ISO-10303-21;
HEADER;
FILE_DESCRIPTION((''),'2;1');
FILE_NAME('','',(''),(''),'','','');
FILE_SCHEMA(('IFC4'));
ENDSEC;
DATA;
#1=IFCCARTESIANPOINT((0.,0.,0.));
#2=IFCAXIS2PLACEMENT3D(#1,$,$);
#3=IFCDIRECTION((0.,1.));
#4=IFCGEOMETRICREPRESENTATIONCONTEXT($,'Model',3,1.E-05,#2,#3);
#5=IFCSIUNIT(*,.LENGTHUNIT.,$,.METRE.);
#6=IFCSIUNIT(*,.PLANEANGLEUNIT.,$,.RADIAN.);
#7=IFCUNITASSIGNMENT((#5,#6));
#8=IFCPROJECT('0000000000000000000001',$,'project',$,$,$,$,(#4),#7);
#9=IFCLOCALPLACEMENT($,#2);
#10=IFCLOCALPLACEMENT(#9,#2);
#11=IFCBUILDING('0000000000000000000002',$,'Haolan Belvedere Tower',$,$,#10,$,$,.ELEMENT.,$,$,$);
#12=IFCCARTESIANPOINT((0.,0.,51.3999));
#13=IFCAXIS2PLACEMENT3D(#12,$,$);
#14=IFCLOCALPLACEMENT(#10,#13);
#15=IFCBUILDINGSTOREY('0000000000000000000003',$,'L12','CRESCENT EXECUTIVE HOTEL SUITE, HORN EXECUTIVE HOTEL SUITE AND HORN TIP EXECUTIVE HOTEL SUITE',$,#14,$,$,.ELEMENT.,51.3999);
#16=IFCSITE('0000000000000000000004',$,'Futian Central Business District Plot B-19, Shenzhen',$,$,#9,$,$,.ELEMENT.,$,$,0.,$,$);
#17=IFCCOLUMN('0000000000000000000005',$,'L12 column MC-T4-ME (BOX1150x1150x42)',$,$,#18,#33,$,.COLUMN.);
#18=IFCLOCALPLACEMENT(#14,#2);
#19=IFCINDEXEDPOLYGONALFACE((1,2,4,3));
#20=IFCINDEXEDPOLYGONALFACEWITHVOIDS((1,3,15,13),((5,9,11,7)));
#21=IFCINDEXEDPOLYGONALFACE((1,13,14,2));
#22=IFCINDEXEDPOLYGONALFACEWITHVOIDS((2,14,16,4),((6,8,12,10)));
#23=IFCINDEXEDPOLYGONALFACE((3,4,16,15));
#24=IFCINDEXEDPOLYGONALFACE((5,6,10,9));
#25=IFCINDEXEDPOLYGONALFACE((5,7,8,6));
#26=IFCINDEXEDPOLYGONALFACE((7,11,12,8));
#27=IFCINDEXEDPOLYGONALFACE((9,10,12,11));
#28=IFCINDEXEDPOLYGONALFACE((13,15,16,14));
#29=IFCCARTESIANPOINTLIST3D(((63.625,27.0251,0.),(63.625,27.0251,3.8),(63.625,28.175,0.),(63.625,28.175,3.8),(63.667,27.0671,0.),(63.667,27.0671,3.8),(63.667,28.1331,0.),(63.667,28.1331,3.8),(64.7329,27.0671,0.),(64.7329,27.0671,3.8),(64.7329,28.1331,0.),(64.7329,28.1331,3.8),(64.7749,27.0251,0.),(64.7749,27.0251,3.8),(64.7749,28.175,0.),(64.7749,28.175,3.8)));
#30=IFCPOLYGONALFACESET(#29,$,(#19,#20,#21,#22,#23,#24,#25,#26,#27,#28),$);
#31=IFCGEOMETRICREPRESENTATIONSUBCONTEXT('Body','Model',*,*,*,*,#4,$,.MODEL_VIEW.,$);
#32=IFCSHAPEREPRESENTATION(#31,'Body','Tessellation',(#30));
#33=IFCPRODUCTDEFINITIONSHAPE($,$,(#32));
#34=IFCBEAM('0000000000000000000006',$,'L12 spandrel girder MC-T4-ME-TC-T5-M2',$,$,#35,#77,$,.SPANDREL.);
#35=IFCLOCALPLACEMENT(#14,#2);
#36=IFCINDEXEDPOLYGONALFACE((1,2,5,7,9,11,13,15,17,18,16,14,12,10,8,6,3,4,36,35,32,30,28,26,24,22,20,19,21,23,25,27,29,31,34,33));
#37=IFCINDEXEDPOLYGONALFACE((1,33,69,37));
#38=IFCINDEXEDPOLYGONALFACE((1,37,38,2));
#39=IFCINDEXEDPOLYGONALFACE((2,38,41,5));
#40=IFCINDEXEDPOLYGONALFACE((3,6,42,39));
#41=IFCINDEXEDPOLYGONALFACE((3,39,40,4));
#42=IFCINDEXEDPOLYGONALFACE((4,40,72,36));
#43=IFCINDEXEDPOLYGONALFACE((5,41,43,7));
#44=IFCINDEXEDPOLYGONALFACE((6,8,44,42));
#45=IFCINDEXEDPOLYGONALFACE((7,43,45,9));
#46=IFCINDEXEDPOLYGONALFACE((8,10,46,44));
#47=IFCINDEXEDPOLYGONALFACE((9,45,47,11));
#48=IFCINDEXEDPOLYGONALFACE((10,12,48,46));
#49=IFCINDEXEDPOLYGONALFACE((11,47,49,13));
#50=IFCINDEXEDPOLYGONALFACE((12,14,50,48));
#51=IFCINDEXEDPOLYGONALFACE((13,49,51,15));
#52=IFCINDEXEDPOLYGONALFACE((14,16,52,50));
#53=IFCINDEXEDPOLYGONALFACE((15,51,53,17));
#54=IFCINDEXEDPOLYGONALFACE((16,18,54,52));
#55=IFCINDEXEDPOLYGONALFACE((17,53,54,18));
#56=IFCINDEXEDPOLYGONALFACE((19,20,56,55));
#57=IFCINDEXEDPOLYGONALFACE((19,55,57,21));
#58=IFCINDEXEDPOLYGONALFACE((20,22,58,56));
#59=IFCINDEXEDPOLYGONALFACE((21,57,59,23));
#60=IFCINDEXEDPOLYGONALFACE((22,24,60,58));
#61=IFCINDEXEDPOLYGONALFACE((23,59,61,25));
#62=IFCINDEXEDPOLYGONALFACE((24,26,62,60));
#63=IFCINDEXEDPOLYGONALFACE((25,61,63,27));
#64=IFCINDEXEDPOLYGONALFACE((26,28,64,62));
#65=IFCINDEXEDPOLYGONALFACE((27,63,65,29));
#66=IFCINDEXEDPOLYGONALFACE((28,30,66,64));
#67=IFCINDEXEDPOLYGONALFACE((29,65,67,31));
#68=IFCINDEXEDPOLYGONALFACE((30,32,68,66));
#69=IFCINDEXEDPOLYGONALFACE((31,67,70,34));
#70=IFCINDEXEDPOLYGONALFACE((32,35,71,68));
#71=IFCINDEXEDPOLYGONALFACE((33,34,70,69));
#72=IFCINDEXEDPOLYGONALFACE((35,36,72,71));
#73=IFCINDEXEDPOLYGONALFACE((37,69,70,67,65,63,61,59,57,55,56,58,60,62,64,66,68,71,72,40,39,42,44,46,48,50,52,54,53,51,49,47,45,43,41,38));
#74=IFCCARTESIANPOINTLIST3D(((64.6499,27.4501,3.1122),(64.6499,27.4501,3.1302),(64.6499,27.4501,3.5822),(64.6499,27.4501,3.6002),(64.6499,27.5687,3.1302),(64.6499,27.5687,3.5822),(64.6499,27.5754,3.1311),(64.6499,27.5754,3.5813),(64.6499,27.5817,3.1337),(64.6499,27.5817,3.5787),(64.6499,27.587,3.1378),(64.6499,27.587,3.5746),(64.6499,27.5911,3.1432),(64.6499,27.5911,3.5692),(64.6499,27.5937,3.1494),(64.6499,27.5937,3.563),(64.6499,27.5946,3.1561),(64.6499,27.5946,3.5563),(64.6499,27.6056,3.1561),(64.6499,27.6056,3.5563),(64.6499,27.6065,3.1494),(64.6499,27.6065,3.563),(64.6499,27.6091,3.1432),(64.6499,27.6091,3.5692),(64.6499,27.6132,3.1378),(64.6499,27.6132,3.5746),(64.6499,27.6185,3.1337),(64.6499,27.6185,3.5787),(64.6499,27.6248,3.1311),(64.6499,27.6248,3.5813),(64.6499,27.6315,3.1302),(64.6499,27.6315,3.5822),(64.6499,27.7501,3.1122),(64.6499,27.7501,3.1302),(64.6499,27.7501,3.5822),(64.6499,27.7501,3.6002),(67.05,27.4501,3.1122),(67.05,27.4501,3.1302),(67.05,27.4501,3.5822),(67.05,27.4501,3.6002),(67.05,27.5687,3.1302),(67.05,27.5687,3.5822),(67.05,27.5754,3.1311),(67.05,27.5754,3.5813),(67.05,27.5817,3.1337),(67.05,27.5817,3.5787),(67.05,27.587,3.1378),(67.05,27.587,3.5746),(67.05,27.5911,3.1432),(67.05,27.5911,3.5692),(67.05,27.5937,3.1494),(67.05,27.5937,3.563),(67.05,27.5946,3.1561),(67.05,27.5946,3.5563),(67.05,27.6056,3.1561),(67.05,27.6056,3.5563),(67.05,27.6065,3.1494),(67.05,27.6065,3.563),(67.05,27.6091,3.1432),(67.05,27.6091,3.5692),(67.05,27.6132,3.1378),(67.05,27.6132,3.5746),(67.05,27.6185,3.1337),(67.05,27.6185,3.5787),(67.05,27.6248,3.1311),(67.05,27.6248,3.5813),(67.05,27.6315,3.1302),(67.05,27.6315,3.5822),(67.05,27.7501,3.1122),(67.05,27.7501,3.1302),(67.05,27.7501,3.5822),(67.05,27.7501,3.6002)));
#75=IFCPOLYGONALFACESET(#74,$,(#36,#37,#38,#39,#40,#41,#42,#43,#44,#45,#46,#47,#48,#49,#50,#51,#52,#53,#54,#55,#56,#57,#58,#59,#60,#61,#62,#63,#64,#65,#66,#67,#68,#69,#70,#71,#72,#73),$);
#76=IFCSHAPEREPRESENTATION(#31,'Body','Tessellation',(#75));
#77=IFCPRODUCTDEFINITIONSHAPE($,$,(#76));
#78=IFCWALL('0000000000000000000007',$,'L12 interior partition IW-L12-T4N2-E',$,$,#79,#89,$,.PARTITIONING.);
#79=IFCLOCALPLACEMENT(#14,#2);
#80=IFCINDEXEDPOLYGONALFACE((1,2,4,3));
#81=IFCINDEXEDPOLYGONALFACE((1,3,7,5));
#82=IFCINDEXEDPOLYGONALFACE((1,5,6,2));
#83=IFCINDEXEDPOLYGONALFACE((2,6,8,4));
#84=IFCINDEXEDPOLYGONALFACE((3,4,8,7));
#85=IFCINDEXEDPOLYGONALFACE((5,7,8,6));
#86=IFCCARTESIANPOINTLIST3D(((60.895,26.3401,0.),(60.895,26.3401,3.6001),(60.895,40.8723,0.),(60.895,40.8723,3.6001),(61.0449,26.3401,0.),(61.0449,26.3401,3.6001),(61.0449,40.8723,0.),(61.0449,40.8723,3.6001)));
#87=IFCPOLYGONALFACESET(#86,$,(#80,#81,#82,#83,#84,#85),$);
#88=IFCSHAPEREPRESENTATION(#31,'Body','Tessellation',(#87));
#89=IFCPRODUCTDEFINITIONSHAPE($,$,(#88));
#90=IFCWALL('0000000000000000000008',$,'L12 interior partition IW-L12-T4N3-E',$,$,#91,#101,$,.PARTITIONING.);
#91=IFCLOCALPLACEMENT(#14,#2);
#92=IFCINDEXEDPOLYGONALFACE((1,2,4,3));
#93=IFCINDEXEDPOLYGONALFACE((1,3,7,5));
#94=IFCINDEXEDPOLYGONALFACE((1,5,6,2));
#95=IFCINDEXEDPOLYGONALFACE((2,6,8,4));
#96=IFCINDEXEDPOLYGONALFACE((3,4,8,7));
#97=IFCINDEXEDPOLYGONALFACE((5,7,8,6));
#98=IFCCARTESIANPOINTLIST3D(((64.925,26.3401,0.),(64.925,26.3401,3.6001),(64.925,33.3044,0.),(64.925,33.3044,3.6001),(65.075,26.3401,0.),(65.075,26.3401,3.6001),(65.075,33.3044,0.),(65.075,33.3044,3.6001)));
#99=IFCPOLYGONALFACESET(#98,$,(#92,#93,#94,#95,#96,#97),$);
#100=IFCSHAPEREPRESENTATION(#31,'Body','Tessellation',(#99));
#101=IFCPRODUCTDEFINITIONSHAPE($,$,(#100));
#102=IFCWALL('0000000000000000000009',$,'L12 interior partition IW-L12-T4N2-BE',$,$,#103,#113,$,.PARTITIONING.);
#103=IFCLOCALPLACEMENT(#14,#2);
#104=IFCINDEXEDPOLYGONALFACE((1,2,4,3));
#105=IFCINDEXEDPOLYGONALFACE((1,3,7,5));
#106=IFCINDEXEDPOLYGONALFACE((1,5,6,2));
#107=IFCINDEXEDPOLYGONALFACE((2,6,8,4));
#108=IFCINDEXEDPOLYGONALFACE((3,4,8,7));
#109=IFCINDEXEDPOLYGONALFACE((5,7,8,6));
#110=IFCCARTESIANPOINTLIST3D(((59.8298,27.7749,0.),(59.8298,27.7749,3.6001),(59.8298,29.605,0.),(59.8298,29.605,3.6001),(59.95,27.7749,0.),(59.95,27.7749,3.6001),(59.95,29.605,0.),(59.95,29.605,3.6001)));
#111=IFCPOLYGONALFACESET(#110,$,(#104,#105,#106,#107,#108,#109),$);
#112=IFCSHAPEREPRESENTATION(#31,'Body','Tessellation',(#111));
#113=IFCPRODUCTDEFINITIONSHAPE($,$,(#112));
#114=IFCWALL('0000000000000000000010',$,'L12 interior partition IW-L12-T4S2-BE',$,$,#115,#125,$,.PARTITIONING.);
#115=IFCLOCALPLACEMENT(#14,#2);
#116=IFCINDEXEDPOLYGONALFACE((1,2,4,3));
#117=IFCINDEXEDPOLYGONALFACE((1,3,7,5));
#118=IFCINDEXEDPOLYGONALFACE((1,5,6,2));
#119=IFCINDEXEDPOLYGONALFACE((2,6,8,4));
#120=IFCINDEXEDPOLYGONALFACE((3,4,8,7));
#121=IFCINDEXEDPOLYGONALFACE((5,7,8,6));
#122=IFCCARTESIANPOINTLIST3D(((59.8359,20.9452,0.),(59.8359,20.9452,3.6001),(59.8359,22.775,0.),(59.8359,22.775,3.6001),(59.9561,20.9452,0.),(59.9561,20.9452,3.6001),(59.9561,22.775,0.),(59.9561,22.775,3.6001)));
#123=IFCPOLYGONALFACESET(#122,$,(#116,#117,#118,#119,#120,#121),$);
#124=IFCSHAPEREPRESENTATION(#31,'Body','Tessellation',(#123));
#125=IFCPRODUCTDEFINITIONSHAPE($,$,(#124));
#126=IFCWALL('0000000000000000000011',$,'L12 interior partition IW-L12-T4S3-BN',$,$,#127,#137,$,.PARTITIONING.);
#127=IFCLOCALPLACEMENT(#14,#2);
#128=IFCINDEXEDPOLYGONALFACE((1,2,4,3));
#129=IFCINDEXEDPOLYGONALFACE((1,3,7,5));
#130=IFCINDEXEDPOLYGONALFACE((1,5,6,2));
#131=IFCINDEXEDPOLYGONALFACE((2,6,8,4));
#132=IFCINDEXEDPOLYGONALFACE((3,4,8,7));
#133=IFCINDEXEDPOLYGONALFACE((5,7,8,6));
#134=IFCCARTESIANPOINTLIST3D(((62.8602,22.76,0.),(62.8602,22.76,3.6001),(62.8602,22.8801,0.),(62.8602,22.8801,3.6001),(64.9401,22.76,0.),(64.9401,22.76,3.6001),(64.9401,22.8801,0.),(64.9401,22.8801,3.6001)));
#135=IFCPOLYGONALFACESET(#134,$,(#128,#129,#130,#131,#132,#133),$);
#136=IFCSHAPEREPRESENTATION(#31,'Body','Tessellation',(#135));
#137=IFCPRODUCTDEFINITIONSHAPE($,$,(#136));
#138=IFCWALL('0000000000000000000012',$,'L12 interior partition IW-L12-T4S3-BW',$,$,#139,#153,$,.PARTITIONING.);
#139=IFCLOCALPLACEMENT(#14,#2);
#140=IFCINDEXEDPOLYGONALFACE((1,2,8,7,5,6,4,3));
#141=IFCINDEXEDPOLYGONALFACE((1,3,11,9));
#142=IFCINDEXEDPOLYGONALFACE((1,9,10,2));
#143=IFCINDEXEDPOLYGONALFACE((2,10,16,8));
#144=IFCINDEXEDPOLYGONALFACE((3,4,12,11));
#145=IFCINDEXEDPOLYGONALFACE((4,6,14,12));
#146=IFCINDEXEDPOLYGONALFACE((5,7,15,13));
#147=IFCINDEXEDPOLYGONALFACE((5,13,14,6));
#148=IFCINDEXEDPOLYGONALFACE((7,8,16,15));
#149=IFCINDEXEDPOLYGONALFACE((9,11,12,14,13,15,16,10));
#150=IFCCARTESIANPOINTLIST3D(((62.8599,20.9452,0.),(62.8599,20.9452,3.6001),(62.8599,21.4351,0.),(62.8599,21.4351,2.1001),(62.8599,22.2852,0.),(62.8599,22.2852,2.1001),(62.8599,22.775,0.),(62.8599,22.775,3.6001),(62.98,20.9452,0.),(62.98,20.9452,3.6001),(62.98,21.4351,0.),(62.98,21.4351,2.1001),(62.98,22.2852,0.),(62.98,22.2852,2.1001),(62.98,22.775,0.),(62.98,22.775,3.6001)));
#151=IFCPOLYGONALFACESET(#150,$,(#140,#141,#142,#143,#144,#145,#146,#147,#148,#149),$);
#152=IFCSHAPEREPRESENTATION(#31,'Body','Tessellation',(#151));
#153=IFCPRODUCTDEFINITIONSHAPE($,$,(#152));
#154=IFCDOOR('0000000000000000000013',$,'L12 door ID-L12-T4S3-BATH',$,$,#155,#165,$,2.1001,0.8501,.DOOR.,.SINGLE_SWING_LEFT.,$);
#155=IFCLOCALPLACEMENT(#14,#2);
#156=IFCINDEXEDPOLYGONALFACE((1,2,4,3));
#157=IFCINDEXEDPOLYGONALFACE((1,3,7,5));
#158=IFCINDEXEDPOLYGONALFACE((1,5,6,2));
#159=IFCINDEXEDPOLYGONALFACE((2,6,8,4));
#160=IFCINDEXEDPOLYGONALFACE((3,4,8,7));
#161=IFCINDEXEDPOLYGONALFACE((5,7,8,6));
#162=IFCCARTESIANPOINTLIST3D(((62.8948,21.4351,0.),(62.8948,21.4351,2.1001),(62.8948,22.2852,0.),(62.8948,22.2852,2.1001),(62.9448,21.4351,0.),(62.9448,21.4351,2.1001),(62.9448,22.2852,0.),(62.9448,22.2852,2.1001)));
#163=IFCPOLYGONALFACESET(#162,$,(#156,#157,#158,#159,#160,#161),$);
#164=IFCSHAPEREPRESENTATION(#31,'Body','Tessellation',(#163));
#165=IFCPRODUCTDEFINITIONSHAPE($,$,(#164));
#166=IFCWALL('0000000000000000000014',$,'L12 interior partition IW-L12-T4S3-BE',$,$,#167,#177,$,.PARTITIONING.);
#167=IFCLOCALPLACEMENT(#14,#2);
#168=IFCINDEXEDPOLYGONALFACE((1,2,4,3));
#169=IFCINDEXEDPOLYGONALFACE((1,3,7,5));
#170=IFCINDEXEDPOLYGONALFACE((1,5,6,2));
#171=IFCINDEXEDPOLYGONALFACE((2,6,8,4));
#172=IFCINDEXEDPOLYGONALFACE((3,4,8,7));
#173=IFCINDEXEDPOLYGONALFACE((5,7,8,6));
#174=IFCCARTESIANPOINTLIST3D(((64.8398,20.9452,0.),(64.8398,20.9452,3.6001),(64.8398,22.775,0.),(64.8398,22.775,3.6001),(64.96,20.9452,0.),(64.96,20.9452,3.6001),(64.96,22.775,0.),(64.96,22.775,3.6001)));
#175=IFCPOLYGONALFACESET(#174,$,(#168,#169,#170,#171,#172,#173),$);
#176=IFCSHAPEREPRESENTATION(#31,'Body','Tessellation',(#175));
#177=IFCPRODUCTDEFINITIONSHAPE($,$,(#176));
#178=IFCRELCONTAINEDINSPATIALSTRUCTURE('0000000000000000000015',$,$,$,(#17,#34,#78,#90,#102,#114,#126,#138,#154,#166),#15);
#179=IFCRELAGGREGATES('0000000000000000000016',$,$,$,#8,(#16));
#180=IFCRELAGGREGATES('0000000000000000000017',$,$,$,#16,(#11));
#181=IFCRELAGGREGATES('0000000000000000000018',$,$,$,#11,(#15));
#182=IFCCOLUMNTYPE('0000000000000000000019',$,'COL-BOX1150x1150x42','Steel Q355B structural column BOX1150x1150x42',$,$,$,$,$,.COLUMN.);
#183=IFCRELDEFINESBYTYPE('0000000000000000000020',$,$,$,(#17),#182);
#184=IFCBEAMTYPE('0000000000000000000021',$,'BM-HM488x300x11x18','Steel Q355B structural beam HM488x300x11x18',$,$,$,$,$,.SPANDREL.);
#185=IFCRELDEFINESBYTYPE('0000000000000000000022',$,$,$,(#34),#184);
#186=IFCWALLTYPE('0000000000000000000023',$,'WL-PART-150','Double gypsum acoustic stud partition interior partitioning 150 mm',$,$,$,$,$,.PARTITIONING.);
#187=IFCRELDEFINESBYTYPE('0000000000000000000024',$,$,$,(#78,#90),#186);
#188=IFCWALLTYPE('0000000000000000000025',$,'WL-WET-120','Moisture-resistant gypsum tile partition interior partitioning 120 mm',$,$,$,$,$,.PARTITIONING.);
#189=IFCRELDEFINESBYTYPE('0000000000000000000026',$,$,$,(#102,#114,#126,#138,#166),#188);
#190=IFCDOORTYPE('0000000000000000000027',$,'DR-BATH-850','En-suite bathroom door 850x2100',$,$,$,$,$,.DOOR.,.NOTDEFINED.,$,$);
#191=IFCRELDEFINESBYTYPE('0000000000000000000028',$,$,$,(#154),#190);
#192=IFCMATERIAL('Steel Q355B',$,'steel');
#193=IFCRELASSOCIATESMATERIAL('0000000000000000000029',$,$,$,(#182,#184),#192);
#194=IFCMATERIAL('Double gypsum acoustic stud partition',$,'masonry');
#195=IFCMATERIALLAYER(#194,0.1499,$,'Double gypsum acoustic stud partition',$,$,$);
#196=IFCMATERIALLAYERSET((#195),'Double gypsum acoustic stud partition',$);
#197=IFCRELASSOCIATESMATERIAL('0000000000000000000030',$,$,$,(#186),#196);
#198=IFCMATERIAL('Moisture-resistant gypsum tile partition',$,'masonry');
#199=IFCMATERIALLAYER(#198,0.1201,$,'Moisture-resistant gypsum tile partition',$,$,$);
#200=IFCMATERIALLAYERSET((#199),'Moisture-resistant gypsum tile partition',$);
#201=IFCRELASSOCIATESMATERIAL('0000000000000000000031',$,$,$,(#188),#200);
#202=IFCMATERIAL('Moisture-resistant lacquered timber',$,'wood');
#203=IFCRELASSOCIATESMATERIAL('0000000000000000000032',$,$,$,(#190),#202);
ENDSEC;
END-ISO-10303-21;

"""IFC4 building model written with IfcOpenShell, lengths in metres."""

from ifc_helpers import new_model, si_unit, direction, frame, frame_2d, origin, origin_2d, place, context, subcontext, project, spatial, rectangle, hollow_rectangle, i_section, extrude, material, layer, layer_set, material_profile, profile_set, type_object, element, fill, save


model = new_model("IFC4")

# Units and contexts
model_context = context("Model", 3, precision=1e-05, world=origin(), true_north=direction((0.0, 1.0)))
body_context = subcontext(model_context, "Body", "Model", "MODEL_VIEW")
ifc_project = project(units=[si_unit("LENGTHUNIT", "METRE"), si_unit("PLANEANGLEUNIT", "RADIAN")], contexts=[model_context])

# Site, building, storey
site_placement = place(None, origin())
site = spatial("IfcSite", under=ifc_project, at=site_placement, Name="Futian Central Business District Plot B-19, Shenzhen", CompositionType="ELEMENT", RefElevation=0.0)
building_placement = place(site_placement, origin())
building = spatial("IfcBuilding", under=site, at=building_placement, Name="Haolan Belvedere Tower", CompositionType="ELEMENT")
storey_placement = place(building_placement, frame((0.0, 0.0, 51.3999)))
storey = spatial("IfcBuildingStorey", under=building, at=storey_placement, Name="L12", Description="CRESCENT EXECUTIVE HOTEL SUITE, HORN EXECUTIVE HOTEL SUITE AND HORN TIP EXECUTIVE HOTEL SUITE", CompositionType="ELEMENT", Elevation=51.3999)

# Column
ifc_material_1 = material(Name="Steel Q355B", Category="steel")
ifc_material_profile_1 = material_profile(ifc_material_1, hollow_rectangle(XDim=1.1499, YDim=1.1499, WallThickness=0.042, at=origin_2d()), Name="Steel Q355B")
ifc_profile_set_1 = profile_set([ifc_material_profile_1], Name="Steel Q355B")
column_type = type_object("IfcColumnType", Name="COL-BOX1150x1150x42", Description="Steel Q355B structural column BOX1150x1150x42", PredefinedType="COLUMN", material=ifc_profile_set_1)
column_placement = place(storey_placement, frame((64.2, 27.6001, 0.0), z_axis=(0.0, 0.0, 1.0), x_axis=(1.0, 0.0, 0.0)))
element("IfcColumn", 1, at=column_placement, inside=storey, type_object=column_type, Name="L12 column MC-T4-ME (BOX1150x1150x42)", PredefinedType="COLUMN", context=body_context, shape_type="SweptSolid", body=[
    extrude(hollow_rectangle(XDim=1.1499, YDim=1.1499, WallThickness=0.042, at=origin_2d()), origin(), (0.0, 0.0, 1.0), 3.8),
])

# Beam
ifc_material_profile_2 = material_profile(ifc_material_1, i_section(OverallWidth=0.3, OverallDepth=0.488, WebThickness=0.011, FlangeThickness=0.0181, FilletRadius=0.0259, at=origin_2d()), Name="Steel Q355B")
ifc_profile_set_2 = profile_set([ifc_material_profile_2], Name="Steel Q355B")
beam_type = type_object("IfcBeamType", Name="BM-HM488x300x11x18", Description="Steel Q355B structural beam HM488x300x11x18", PredefinedType="SPANDREL", material=ifc_profile_set_2)
beam_placement = place(storey_placement, frame((64.6499, 27.6001, 3.3562), z_axis=(1.0, 0.0, 0.0), x_axis=(0.0, 1.0, 0.0)))
element("IfcBeam", 2, at=beam_placement, inside=storey, type_object=beam_type, Name="L12 spandrel girder MC-T4-ME-TC-T5-M2", PredefinedType="SPANDREL", context=body_context, shape_type="SweptSolid", body=[
    extrude(i_section(OverallWidth=0.3, OverallDepth=0.488, WebThickness=0.011, FlangeThickness=0.0181, FilletRadius=0.0259, at=origin_2d()), origin(), (0.0, 0.0, 1.0), 2.4001),
])

# Wall
ifc_material_2 = material(Name="Double gypsum acoustic stud partition", Category="masonry")
ifc_layer_1 = layer(ifc_material_2, 0.1499, Name="Double gypsum acoustic stud partition")
ifc_layer_set_1 = layer_set([ifc_layer_1], Name="Double gypsum acoustic stud partition")
wall_type_1 = type_object("IfcWallType", Name="WL-PART-150", Description="Double gypsum acoustic stud partition interior partitioning 150 mm", PredefinedType="PARTITIONING", material=ifc_layer_set_1)
wall_1_placement = place(storey_placement, frame((60.97, 26.3401, 0.0), z_axis=(0.0, 0.0, 1.0), x_axis=(0.0, 1.0, 0.0)))
element("IfcWall", 3, at=wall_1_placement, inside=storey, type_object=wall_type_1, Name="L12 interior partition IW-L12-T4N2-E", PredefinedType="PARTITIONING", context=body_context, shape_type="SweptSolid", body=[
    extrude(rectangle(XDim=14.5322, YDim=0.1499, at=frame_2d((7.2661, 0.0))), origin(), (0.0, 0.0, 1.0), 3.6001),
])

# Wall
wall_2_placement = place(storey_placement, frame((65.0, 26.3401, 0.0), z_axis=(0.0, 0.0, 1.0), x_axis=(0.0, 1.0, 0.0)))
element("IfcWall", 4, at=wall_2_placement, inside=storey, type_object=wall_type_1, Name="L12 interior partition IW-L12-T4N3-E", PredefinedType="PARTITIONING", context=body_context, shape_type="SweptSolid", body=[
    extrude(rectangle(XDim=6.9644, YDim=0.1499, at=frame_2d((3.4822, 0.0))), origin(), (0.0, 0.0, 1.0), 3.6001),
])

# Walls
ifc_material_3 = material(Name="Moisture-resistant gypsum tile partition", Category="masonry")
ifc_layer_2 = layer(ifc_material_3, 0.1201, Name="Moisture-resistant gypsum tile partition")
ifc_layer_set_2 = layer_set([ifc_layer_2], Name="Moisture-resistant gypsum tile partition")
wall_type_2 = type_object("IfcWallType", Name="WL-WET-120", Description="Moisture-resistant gypsum tile partition interior partitioning 120 mm", PredefinedType="PARTITIONING", material=ifc_layer_set_2)
wall_3_placement = place(storey_placement, frame((59.8899, 27.7749, 0.0), z_axis=(0.0, 0.0, 1.0), x_axis=(0.0, 1.0, 0.0)))
element("IfcWall", 5, at=wall_3_placement, inside=storey, type_object=wall_type_2, Name="L12 interior partition IW-L12-T4N2-BE", PredefinedType="PARTITIONING", context=body_context, shape_type="SweptSolid", body=[
    extrude(rectangle(XDim=1.8301, YDim=0.1201, at=frame_2d((0.915, 0.0))), origin(), (0.0, 0.0, 1.0), 3.6001),
])
wall_4_placement = place(storey_placement, frame((59.896, 20.9451, 0.0), z_axis=(0.0, 0.0, 1.0), x_axis=(0.0, 1.0, 0.0)))
element("IfcWall", 6, at=wall_4_placement, inside=storey, type_object=wall_type_2, Name="L12 interior partition IW-L12-T4S2-BE", PredefinedType="PARTITIONING", context=body_context, shape_type="SweptSolid", body=[
    extrude(rectangle(XDim=1.8298, YDim=0.1201, at=frame_2d((0.915, 0.0))), origin(), (0.0, 0.0, 1.0), 3.6001),
])
wall_5_placement = place(storey_placement, frame((62.8601, 22.8201, 0.0), z_axis=(0.0, 0.0, 1.0), x_axis=(1.0, 0.0, 0.0)))
element("IfcWall", 7, at=wall_5_placement, inside=storey, type_object=wall_type_2, Name="L12 interior partition IW-L12-T4S3-BN", PredefinedType="PARTITIONING", context=body_context, shape_type="SweptSolid", body=[
    extrude(rectangle(XDim=2.0798, YDim=0.1201, at=frame_2d((1.04, 0.0))), origin(), (0.0, 0.0, 1.0), 3.6001),
])

# Wall, opening, door
wall_6_placement = place(storey_placement, frame((62.9199, 20.9451, 0.0), z_axis=(0.0, 0.0, 1.0), x_axis=(0.0, 1.0, 0.0)))
wall_6 = element("IfcWall", 8, at=wall_6_placement, inside=storey, type_object=wall_type_2, Name="L12 interior partition IW-L12-T4S3-BW", PredefinedType="PARTITIONING", context=body_context, shape_type="SweptSolid", body=[
    extrude(rectangle(XDim=1.8298, YDim=0.1201, at=frame_2d((0.915, 0.0))), origin(), (0.0, 0.0, 1.0), 3.6001),
])
opening_1_placement = place(wall_6_placement, frame((1.3401, 0.0, 0.0), z_axis=(0.0, 0.0, 1.0), x_axis=(-1.0, 0.0, 0.0)))
opening_1 = element("IfcOpeningElement", 9, at=opening_1_placement, cuts=wall_6, PredefinedType="OPENING", context=body_context, shape_type="SweptSolid", body=[
    extrude(rectangle(XDim=0.8501, YDim=2.1001, at=frame_2d((0.425, 1.05))), frame((0.0, 0.0701, 0.0), z_axis=(0.0, -1.0, 0.0), x_axis=(1.0, 0.0, 0.0)), (0.0, 0.0, 1.0), 0.1401),
])
ifc_material_4 = material(Name="Moisture-resistant lacquered timber", Category="wood")
door_type_1 = type_object("IfcDoorType", Name="DR-BATH-850", Description="En-suite bathroom door 850x2100", OperationType="NOTDEFINED", PredefinedType="DOOR", material=ifc_material_4)
door_1_placement = place(opening_1_placement, origin())
door_1 = element("IfcDoor", 10, at=door_1_placement, inside=storey, type_object=door_type_1, Name="L12 door ID-L12-T4S3-BATH", OperationType="SINGLE_SWING_LEFT", OverallHeight=2.1001, OverallWidth=0.8501, PredefinedType="DOOR", context=body_context, shape_type="SweptSolid", body=[
    extrude(rectangle(XDim=0.8501, YDim=2.1001, at=frame_2d((0.425, 1.05))), frame((0.0, 0.0249, 0.0), z_axis=(0.0, -1.0, 0.0), x_axis=(1.0, 0.0, 0.0)), (0.0, 0.0, 1.0), 0.05),
])
fill(opening_1, door_1)

# Wall
wall_7_placement = place(storey_placement, frame((64.8999, 20.9451, 0.0), z_axis=(0.0, 0.0, 1.0), x_axis=(0.0, 1.0, 0.0)))
element("IfcWall", 11, at=wall_7_placement, inside=storey, type_object=wall_type_2, Name="L12 interior partition IW-L12-T4S3-BE", PredefinedType="PARTITIONING", context=body_context, shape_type="SweptSolid", body=[
    extrude(rectangle(XDim=1.8298, YDim=0.1201, at=frame_2d((0.915, 0.0))), origin(), (0.0, 0.0, 1.0), 3.6001),
])

save(model, "model.ifc")
